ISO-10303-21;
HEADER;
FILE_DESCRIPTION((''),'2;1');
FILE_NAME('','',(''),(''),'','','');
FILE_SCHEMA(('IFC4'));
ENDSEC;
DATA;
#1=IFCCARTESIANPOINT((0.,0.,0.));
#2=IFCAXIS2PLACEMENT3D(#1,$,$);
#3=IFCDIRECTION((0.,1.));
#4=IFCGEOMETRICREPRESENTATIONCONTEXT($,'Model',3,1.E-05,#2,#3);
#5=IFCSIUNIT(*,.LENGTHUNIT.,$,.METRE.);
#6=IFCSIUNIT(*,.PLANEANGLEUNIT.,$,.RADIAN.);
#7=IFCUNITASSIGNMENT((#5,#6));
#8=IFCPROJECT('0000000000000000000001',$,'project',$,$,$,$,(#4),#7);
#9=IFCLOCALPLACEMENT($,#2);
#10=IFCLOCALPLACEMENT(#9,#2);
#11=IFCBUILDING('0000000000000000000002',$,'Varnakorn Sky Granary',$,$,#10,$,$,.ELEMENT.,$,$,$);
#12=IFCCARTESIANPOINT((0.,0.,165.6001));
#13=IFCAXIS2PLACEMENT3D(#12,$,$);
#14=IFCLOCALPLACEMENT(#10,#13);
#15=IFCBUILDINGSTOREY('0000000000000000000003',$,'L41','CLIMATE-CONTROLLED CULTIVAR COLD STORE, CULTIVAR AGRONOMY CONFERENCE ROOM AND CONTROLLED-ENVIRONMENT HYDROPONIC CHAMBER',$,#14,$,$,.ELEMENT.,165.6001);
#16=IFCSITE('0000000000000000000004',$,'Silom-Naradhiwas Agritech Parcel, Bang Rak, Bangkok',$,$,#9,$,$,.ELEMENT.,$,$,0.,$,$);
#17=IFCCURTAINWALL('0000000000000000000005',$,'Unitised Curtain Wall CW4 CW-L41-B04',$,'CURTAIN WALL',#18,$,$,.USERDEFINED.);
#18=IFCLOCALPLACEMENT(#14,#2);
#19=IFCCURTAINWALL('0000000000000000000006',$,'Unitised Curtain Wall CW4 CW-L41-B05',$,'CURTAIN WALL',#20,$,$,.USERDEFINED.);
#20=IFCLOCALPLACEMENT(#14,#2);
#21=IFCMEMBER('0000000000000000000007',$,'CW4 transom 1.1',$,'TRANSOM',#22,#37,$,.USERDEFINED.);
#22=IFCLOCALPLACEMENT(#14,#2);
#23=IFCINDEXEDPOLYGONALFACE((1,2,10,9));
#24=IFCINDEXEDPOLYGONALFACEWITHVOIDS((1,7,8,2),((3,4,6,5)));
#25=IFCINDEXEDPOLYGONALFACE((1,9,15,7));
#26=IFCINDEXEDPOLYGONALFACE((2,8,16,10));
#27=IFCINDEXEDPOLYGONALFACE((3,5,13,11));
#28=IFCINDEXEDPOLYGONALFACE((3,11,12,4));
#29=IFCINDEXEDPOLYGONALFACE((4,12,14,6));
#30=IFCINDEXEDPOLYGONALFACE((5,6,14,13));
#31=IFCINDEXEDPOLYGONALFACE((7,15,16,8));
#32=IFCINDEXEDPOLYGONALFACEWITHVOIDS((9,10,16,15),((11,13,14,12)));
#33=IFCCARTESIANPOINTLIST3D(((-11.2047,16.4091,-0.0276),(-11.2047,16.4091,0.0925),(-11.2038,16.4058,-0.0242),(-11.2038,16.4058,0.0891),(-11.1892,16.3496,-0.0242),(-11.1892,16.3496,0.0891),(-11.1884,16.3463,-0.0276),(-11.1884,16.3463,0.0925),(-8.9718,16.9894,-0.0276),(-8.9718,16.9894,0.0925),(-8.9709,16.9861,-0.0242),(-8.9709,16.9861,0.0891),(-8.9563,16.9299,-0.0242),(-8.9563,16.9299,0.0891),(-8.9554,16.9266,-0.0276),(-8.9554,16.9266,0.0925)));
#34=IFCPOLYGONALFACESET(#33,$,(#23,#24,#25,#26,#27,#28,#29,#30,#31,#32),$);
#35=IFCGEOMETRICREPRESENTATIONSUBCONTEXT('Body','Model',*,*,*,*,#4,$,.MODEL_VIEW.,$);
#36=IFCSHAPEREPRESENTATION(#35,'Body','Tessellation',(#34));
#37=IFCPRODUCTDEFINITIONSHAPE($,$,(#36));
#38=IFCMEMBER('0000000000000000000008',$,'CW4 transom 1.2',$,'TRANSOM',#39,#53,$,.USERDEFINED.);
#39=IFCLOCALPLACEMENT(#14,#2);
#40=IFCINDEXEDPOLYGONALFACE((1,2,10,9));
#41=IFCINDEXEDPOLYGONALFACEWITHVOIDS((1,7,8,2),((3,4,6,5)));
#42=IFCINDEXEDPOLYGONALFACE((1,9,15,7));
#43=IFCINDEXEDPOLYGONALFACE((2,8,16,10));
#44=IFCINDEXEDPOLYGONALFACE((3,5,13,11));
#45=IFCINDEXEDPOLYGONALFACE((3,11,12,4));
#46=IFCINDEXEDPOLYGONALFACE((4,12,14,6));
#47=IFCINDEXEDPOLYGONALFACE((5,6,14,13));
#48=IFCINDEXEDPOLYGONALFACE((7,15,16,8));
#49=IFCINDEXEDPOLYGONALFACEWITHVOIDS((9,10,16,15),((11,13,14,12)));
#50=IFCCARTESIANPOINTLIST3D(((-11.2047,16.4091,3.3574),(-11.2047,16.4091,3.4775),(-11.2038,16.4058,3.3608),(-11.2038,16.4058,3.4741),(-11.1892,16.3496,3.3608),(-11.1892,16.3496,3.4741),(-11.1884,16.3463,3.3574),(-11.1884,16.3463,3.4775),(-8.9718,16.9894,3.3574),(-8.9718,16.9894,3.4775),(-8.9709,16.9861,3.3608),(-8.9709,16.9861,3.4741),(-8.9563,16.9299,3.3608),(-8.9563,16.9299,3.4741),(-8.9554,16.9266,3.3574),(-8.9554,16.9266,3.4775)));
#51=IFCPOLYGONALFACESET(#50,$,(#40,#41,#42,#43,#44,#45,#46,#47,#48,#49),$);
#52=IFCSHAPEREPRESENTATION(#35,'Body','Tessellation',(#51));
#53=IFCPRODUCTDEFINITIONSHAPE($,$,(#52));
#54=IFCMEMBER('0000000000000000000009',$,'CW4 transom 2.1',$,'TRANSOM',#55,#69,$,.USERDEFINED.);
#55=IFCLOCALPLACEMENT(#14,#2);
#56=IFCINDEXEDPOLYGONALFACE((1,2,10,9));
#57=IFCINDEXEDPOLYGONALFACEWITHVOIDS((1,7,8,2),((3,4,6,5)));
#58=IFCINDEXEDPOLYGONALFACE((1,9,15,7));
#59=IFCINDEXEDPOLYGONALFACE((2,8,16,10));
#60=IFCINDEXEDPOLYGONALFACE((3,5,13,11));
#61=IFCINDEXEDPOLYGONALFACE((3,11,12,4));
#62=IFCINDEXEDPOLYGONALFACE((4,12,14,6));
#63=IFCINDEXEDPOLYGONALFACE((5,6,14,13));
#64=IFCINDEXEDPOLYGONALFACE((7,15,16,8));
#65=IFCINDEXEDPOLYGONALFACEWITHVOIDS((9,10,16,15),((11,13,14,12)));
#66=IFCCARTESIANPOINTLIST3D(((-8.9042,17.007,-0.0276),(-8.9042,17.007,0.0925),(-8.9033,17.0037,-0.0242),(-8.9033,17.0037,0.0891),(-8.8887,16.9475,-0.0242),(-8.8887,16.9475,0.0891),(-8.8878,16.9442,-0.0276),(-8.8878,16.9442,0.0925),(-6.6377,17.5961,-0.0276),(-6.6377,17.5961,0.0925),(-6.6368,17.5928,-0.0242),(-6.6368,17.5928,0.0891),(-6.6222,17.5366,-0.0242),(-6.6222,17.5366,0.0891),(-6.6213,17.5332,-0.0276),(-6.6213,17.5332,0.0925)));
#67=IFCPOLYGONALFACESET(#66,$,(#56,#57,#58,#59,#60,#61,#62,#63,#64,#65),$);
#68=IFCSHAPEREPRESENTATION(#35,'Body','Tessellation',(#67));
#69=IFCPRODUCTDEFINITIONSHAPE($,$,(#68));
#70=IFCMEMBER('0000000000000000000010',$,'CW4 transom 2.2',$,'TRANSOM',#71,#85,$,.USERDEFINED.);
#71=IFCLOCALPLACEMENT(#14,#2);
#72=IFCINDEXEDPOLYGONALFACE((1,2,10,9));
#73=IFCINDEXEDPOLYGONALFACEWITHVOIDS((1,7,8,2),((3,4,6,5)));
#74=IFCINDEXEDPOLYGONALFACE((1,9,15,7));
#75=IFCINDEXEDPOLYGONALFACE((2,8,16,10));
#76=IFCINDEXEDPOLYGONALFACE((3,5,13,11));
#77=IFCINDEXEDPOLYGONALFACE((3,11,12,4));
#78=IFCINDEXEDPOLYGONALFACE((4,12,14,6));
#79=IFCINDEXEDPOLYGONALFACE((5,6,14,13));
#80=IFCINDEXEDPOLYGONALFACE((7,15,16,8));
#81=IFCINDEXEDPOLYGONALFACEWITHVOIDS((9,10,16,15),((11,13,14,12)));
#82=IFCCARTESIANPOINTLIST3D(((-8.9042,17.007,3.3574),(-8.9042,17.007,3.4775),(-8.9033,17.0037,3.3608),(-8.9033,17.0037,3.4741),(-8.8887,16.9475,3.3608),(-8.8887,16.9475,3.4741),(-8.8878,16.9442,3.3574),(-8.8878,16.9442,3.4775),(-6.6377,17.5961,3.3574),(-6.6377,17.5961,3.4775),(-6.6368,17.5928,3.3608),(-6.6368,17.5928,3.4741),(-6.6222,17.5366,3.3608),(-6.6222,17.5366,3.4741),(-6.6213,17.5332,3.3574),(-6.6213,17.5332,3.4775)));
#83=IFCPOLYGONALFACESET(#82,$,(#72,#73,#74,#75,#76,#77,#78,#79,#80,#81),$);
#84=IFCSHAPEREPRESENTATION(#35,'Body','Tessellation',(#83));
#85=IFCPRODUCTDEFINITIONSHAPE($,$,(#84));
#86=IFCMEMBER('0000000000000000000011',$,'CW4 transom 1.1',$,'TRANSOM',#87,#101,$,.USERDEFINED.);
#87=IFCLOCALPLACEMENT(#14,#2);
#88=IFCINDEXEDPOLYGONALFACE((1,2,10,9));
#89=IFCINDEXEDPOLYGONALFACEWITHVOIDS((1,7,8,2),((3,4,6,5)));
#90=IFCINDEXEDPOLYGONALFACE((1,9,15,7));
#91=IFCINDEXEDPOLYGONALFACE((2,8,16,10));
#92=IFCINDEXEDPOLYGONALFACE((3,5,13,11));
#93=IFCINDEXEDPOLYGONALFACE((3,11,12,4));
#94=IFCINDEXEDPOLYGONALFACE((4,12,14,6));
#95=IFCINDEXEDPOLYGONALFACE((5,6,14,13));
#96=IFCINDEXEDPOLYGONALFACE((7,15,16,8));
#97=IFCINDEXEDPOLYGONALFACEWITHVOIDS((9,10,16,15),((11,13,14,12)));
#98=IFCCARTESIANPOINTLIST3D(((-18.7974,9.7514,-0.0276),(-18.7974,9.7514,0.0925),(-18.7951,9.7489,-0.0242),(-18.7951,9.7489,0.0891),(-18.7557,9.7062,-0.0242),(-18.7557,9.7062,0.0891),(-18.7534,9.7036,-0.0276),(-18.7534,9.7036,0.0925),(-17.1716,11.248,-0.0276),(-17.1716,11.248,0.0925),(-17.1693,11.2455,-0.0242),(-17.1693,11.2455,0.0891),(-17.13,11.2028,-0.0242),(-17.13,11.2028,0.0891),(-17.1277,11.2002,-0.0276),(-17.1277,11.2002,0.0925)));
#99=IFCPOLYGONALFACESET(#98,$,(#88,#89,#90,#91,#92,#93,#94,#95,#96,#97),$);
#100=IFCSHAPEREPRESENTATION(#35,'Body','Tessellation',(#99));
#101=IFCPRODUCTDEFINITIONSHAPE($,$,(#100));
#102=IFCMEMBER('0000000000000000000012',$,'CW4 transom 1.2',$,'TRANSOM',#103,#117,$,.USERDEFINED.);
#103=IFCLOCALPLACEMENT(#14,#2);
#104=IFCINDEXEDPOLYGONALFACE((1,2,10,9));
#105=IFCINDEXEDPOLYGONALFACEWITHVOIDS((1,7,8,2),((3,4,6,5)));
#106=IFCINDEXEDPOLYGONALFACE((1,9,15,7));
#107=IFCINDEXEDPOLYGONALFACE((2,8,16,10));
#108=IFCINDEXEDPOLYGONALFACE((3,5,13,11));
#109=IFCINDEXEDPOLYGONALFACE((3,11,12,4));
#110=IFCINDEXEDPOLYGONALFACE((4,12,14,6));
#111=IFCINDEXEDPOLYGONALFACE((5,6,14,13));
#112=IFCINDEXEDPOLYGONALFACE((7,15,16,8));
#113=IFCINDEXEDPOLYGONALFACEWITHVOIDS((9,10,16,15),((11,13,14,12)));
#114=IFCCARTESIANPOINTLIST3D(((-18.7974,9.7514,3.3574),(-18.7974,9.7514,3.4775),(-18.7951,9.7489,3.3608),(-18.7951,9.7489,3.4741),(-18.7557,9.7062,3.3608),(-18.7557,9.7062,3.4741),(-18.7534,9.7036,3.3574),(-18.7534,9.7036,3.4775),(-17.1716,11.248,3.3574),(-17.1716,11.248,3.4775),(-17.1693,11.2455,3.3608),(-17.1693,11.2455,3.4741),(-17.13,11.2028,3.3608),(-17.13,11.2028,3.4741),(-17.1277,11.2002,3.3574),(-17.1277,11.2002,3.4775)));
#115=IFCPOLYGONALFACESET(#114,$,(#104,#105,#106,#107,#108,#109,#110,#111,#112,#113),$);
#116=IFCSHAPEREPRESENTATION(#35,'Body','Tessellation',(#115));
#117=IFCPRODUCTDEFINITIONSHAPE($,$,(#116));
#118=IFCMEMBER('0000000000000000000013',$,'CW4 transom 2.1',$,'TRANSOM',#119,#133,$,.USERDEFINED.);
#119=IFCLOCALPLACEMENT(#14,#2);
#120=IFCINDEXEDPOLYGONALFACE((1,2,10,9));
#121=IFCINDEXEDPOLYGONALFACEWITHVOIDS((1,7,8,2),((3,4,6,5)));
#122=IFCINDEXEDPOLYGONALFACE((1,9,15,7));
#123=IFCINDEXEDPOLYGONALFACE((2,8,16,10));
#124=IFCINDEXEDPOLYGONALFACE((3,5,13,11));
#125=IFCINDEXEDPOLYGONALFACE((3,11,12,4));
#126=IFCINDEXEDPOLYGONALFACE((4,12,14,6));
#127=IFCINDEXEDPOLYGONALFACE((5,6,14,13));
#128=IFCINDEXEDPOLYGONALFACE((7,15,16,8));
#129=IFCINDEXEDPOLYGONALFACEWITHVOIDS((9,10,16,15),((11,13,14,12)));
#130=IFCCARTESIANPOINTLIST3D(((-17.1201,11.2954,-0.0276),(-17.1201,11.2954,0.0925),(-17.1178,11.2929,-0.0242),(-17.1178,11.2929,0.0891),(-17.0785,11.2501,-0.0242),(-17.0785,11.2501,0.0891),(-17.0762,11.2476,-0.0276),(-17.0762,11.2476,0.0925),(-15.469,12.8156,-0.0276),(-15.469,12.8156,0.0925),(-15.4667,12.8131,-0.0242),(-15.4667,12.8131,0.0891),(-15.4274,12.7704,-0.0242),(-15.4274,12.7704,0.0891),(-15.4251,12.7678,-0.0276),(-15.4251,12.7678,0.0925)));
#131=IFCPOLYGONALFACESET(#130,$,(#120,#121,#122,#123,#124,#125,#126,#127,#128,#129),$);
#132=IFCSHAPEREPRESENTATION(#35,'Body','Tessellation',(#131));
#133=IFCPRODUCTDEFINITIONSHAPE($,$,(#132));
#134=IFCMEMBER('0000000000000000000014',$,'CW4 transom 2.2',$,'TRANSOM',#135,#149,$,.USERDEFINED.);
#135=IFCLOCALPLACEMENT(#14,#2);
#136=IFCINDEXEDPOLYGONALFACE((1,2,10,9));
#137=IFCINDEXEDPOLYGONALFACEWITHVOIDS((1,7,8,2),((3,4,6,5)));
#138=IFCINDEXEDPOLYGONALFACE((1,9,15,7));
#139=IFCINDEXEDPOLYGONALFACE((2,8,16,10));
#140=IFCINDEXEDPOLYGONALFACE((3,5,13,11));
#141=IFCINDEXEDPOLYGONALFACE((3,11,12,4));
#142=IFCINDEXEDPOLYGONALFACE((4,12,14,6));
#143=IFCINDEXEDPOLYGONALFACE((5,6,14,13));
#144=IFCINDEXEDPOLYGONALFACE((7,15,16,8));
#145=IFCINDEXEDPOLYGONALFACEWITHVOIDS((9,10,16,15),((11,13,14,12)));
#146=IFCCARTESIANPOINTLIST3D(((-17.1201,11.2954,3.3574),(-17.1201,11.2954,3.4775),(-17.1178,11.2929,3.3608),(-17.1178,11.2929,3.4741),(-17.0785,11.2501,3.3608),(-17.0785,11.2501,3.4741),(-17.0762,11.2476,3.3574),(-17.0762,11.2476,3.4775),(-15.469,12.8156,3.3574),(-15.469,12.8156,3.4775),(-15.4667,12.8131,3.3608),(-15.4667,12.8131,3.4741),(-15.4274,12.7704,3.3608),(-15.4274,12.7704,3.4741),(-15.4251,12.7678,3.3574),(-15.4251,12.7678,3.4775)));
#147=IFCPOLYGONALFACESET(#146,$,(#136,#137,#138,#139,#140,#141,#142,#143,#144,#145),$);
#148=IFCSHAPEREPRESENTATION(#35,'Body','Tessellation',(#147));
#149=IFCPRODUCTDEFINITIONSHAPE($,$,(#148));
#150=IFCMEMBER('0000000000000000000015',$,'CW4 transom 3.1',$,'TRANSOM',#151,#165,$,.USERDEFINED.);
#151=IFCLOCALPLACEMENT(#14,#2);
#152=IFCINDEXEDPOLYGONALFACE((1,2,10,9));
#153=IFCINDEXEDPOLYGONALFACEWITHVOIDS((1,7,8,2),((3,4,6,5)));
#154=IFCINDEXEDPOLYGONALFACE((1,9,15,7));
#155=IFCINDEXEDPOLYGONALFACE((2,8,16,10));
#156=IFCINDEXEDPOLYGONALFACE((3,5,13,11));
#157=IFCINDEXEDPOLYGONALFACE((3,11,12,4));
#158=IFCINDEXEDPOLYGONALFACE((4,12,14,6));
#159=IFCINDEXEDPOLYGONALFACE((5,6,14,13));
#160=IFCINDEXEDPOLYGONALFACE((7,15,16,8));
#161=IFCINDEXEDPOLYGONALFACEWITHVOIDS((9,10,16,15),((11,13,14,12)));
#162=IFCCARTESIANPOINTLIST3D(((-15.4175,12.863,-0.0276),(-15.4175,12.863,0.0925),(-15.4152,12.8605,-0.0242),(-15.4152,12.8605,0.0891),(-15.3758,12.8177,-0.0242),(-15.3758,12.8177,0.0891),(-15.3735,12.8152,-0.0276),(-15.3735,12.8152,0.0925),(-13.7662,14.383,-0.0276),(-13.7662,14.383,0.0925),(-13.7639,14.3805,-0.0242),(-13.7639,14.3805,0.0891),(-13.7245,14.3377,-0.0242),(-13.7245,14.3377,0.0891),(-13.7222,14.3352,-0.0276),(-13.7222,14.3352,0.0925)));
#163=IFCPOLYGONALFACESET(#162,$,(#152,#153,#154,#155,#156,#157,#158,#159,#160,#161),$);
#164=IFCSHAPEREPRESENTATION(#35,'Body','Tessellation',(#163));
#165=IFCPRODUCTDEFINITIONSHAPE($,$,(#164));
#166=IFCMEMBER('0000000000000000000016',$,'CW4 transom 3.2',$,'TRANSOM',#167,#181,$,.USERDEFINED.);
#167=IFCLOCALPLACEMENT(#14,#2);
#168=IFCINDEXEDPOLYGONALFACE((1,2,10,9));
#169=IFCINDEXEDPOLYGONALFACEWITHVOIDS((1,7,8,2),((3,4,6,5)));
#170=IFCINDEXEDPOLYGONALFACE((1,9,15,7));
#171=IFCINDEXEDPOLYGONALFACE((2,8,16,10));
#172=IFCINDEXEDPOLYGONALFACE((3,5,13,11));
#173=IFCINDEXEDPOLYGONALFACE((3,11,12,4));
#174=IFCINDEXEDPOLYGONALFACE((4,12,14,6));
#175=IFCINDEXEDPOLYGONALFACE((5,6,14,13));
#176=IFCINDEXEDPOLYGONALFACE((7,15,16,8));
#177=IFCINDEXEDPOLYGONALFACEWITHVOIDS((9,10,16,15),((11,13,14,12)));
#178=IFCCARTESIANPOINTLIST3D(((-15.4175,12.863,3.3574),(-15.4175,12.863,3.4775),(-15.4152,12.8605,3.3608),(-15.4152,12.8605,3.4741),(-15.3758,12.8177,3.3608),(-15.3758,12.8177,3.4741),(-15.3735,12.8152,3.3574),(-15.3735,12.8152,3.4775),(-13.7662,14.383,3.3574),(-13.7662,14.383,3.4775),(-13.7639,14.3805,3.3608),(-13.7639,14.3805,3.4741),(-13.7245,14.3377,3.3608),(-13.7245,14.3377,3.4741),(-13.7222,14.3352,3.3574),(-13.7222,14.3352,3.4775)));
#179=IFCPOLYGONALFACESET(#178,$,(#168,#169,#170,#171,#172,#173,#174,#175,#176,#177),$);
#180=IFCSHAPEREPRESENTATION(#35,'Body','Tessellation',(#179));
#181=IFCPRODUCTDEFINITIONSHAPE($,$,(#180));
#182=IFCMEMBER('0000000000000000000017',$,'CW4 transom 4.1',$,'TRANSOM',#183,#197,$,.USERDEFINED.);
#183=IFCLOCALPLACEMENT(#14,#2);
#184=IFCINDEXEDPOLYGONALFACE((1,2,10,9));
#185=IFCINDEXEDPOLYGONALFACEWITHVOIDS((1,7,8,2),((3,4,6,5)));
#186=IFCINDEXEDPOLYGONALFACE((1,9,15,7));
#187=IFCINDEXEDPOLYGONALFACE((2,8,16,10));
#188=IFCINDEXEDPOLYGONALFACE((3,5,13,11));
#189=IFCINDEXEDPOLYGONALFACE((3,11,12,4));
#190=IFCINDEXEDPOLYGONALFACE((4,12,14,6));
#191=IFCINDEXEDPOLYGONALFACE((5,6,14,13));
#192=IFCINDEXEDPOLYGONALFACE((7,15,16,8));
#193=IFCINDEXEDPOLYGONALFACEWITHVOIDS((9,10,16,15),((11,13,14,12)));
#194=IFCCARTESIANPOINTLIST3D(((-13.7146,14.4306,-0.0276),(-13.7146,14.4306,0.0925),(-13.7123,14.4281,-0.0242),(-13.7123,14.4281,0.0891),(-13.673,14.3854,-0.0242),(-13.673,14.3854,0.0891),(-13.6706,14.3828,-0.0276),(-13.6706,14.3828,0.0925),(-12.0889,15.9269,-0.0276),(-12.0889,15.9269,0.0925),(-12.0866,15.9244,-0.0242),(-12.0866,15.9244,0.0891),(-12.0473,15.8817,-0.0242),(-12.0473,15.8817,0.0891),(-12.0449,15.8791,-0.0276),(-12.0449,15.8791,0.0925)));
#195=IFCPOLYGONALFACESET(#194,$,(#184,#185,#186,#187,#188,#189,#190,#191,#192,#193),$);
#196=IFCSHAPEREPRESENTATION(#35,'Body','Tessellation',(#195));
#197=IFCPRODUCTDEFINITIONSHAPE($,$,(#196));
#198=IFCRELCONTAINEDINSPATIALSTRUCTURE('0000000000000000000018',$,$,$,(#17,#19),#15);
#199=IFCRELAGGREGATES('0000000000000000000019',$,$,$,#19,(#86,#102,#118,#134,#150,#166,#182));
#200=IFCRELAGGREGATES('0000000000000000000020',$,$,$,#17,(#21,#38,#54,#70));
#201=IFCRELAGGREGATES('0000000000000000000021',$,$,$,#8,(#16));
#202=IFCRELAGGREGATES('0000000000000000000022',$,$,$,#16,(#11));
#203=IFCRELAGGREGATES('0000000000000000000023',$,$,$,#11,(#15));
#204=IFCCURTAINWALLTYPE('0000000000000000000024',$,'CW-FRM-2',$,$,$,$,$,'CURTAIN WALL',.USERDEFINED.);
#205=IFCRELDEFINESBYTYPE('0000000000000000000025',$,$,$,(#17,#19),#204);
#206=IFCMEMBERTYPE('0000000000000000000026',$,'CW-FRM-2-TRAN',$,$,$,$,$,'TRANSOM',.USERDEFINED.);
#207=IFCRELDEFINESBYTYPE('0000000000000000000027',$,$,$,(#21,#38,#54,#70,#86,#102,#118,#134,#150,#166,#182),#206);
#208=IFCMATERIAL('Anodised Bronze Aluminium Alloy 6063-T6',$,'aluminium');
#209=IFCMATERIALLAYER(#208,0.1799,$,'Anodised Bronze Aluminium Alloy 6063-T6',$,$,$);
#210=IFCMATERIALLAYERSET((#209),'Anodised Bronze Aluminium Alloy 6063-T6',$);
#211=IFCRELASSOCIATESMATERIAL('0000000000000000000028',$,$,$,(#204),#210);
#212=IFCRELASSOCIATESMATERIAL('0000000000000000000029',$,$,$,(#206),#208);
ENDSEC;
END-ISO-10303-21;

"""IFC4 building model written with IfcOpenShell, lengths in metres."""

from ifc_helpers import new_model, si_unit, direction, frame, origin, origin_2d, place, context, subcontext, project, spatial, hollow_rectangle, extrude, material, layer, layer_set, material_profile, profile_set, type_object, element, aggregate, save


model = new_model("IFC4")

# Units and contexts
model_context = context("Model", 3, precision=1e-05, world=origin(), true_north=direction((0.0, 1.0)))
body_context = subcontext(model_context, "Body", "Model", "MODEL_VIEW")
ifc_project = project(units=[si_unit("LENGTHUNIT", "METRE"), si_unit("PLANEANGLEUNIT", "RADIAN")], contexts=[model_context])

# Site, building, storey
site_placement = place(None, origin())
site = spatial("IfcSite", under=ifc_project, at=site_placement, Name="Silom-Naradhiwas Agritech Parcel, Bang Rak, Bangkok", CompositionType="ELEMENT", RefElevation=0.0)
building_placement = place(site_placement, origin())
building = spatial("IfcBuilding", under=site, at=building_placement, Name="Varnakorn Sky Granary", CompositionType="ELEMENT")
storey_placement = place(building_placement, frame((0.0, 0.0, 165.6001)))
storey = spatial("IfcBuildingStorey", under=building, at=storey_placement, Name="L41", Description="CLIMATE-CONTROLLED CULTIVAR COLD STORE, CULTIVAR AGRONOMY CONFERENCE ROOM AND CONTROLLED-ENVIRONMENT HYDROPONIC CHAMBER", CompositionType="ELEMENT", Elevation=165.6001)

# Curtain walls
ifc_material_1 = material(Name="Anodised Bronze Aluminium Alloy 6063-T6", Category="aluminium")
ifc_layer_1 = layer(ifc_material_1, 0.1799, Name="Anodised Bronze Aluminium Alloy 6063-T6")
ifc_layer_set_1 = layer_set([ifc_layer_1], Name="Anodised Bronze Aluminium Alloy 6063-T6")
curtain_wall_type = type_object("IfcCurtainWallType", Name="CW-FRM-2", ElementType="CURTAIN WALL", PredefinedType="USERDEFINED", material=ifc_layer_set_1)
curtain_wall_1_placement = place(storey_placement, origin())
curtain_wall_1 = element("IfcCurtainWall", 1, at=curtain_wall_1_placement, inside=storey, type_object=curtain_wall_type, Name="Unitised Curtain Wall CW4 CW-L41-B04", ObjectType="CURTAIN WALL", PredefinedType="USERDEFINED")
curtain_wall_2_placement = place(storey_placement, origin())
curtain_wall_2 = element("IfcCurtainWall", 2, at=curtain_wall_2_placement, inside=storey, type_object=curtain_wall_type, Name="Unitised Curtain Wall CW4 CW-L41-B05", ObjectType="CURTAIN WALL", PredefinedType="USERDEFINED")

# Members
ifc_material_profile_1 = material_profile(ifc_material_1, hollow_rectangle(XDim=0.0649, YDim=0.1201, WallThickness=0.0034, at=origin_2d()), Name="ALU TRAN 65x120")
ifc_profile_set_1 = profile_set([ifc_material_profile_1], Name="Anodised Bronze Aluminium Alloy 6063-T6")
member_type_1 = type_object("IfcMemberType", Name="CW-FRM-2-TRAN", ElementType="TRANSOM", PredefinedType="USERDEFINED", material=ifc_profile_set_1)
member_1_placement = place(storey_placement, frame((-11.1965, 16.3777, 0.0325), z_axis=(0.967847, 0.251539, 0.0), x_axis=(-0.251539, 0.967847, 0.0)))
member_1 = element("IfcMember", 3, at=member_1_placement, type_object=member_type_1, Name="CW4 transom 1.1", ObjectType="TRANSOM", PredefinedType="USERDEFINED", context=body_context, shape_type="SweptSolid", body=[
    extrude(hollow_rectangle(XDim=0.0649, YDim=0.1201, WallThickness=0.0034, at=origin_2d()), origin(), (0.0, 0.0, 1.0), 2.3071),
])
member_2_placement = place(storey_placement, frame((-11.1965, 16.3777, 3.4175), z_axis=(0.967847, 0.251539, 0.0), x_axis=(-0.251539, 0.967847, 0.0)))
member_2 = element("IfcMember", 4, at=member_2_placement, type_object=member_type_1, Name="CW4 transom 1.2", ObjectType="TRANSOM", PredefinedType="USERDEFINED", context=body_context, shape_type="SweptSolid", body=[
    extrude(hollow_rectangle(XDim=0.0649, YDim=0.1201, WallThickness=0.0034, at=origin_2d()), origin(), (0.0, 0.0, 1.0), 2.3071),
])
member_3_placement = place(storey_placement, frame((-8.896, 16.9756, 0.0325), z_axis=(0.967844, 0.251552, 0.0), x_axis=(-0.251552, 0.967844, 0.0)))
member_3 = element("IfcMember", 5, at=member_3_placement, type_object=member_type_1, Name="CW4 transom 2.1", ObjectType="TRANSOM", PredefinedType="USERDEFINED", context=body_context, shape_type="SweptSolid", body=[
    extrude(hollow_rectangle(XDim=0.0649, YDim=0.1201, WallThickness=0.0034, at=origin_2d()), origin(), (0.0, 0.0, 1.0), 2.3418),
])
member_4_placement = place(storey_placement, frame((-8.896, 16.9756, 3.4175), z_axis=(0.967844, 0.251552, 0.0), x_axis=(-0.251552, 0.967844, 0.0)))
member_4 = element("IfcMember", 6, at=member_4_placement, type_object=member_type_1, Name="CW4 transom 2.2", ObjectType="TRANSOM", PredefinedType="USERDEFINED", context=body_context, shape_type="SweptSolid", body=[
    extrude(hollow_rectangle(XDim=0.0649, YDim=0.1201, WallThickness=0.0034, at=origin_2d()), origin(), (0.0, 0.0, 1.0), 2.3418),
])
member_5_placement = place(storey_placement, frame((-18.7754, 9.7275, 0.0325), z_axis=(0.735726, 0.677279, 0.0), x_axis=(-0.677279, 0.735726, 0.0)))
member_5 = element("IfcMember", 7, at=member_5_placement, type_object=member_type_1, Name="CW4 transom 1.1", ObjectType="TRANSOM", PredefinedType="USERDEFINED", context=body_context, shape_type="SweptSolid", body=[
    extrude(hollow_rectangle(XDim=0.0649, YDim=0.1201, WallThickness=0.0034, at=origin_2d()), origin(), (0.0, 0.0, 1.0), 2.2097),
])
member_6_placement = place(storey_placement, frame((-18.7754, 9.7275, 3.4175), z_axis=(0.735726, 0.677279, 0.0), x_axis=(-0.677279, 0.735726, 0.0)))
member_6 = element("IfcMember", 8, at=member_6_placement, type_object=member_type_1, Name="CW4 transom 1.2", ObjectType="TRANSOM", PredefinedType="USERDEFINED", context=body_context, shape_type="SweptSolid", body=[
    extrude(hollow_rectangle(XDim=0.0649, YDim=0.1201, WallThickness=0.0034, at=origin_2d()), origin(), (0.0, 0.0, 1.0), 2.2097),
])
member_7_placement = place(storey_placement, frame((-17.0981, 11.2715, 0.0325), z_axis=(0.735658, 0.677353, 0.0), x_axis=(-0.677353, 0.735658, 0.0)))
member_7 = element("IfcMember", 9, at=member_7_placement, type_object=member_type_1, Name="CW4 transom 2.1", ObjectType="TRANSOM", PredefinedType="USERDEFINED", context=body_context, shape_type="SweptSolid", body=[
    extrude(hollow_rectangle(XDim=0.0649, YDim=0.1201, WallThickness=0.0034, at=origin_2d()), origin(), (0.0, 0.0, 1.0), 2.2444),
])
member_8_placement = place(storey_placement, frame((-17.0981, 11.2715, 3.4175), z_axis=(0.735658, 0.677353, 0.0), x_axis=(-0.677353, 0.735658, 0.0)))
member_8 = element("IfcMember", 10, at=member_8_placement, type_object=member_type_1, Name="CW4 transom 2.2", ObjectType="TRANSOM", PredefinedType="USERDEFINED", context=body_context, shape_type="SweptSolid", body=[
    extrude(hollow_rectangle(XDim=0.0649, YDim=0.1201, WallThickness=0.0034, at=origin_2d()), origin(), (0.0, 0.0, 1.0), 2.2444),
])
member_9_placement = place(storey_placement, frame((-15.3955, 12.8391, 0.0325), z_axis=(0.735762, 0.67724, 0.0), x_axis=(-0.67724, 0.735762, 0.0)))
member_9 = element("IfcMember", 11, at=member_9_placement, type_object=member_type_1, Name="CW4 transom 3.1", ObjectType="TRANSOM", PredefinedType="USERDEFINED", context=body_context, shape_type="SweptSolid", body=[
    extrude(hollow_rectangle(XDim=0.0649, YDim=0.1201, WallThickness=0.0034, at=origin_2d()), origin(), (0.0, 0.0, 1.0), 2.2444),
])
member_10_placement = place(storey_placement, frame((-15.3955, 12.8391, 3.4175), z_axis=(0.735762, 0.67724, 0.0), x_axis=(-0.67724, 0.735762, 0.0)))
member_10 = element("IfcMember", 12, at=member_10_placement, type_object=member_type_1, Name="CW4 transom 3.2", ObjectType="TRANSOM", PredefinedType="USERDEFINED", context=body_context, shape_type="SweptSolid", body=[
    extrude(hollow_rectangle(XDim=0.0649, YDim=0.1201, WallThickness=0.0034, at=origin_2d()), origin(), (0.0, 0.0, 1.0), 2.2444),
])
member_11_placement = place(storey_placement, frame((-13.6926, 14.4067, 0.0325), z_axis=(0.735781, 0.677219, 0.0), x_axis=(-0.677219, 0.735781, 0.0)))
member_11 = element("IfcMember", 13, at=member_11_placement, type_object=member_type_1, Name="CW4 transom 4.1", ObjectType="TRANSOM", PredefinedType="USERDEFINED", context=body_context, shape_type="SweptSolid", body=[
    extrude(hollow_rectangle(XDim=0.0649, YDim=0.1201, WallThickness=0.0034, at=origin_2d()), origin(), (0.0, 0.0, 1.0), 2.2095),
])

aggregate(curtain_wall_2, [member_5, member_6, member_7, member_8, member_9, member_10, member_11])
aggregate(curtain_wall_1, [member_1, member_2, member_3, member_4])

save(model, "model.ifc")
